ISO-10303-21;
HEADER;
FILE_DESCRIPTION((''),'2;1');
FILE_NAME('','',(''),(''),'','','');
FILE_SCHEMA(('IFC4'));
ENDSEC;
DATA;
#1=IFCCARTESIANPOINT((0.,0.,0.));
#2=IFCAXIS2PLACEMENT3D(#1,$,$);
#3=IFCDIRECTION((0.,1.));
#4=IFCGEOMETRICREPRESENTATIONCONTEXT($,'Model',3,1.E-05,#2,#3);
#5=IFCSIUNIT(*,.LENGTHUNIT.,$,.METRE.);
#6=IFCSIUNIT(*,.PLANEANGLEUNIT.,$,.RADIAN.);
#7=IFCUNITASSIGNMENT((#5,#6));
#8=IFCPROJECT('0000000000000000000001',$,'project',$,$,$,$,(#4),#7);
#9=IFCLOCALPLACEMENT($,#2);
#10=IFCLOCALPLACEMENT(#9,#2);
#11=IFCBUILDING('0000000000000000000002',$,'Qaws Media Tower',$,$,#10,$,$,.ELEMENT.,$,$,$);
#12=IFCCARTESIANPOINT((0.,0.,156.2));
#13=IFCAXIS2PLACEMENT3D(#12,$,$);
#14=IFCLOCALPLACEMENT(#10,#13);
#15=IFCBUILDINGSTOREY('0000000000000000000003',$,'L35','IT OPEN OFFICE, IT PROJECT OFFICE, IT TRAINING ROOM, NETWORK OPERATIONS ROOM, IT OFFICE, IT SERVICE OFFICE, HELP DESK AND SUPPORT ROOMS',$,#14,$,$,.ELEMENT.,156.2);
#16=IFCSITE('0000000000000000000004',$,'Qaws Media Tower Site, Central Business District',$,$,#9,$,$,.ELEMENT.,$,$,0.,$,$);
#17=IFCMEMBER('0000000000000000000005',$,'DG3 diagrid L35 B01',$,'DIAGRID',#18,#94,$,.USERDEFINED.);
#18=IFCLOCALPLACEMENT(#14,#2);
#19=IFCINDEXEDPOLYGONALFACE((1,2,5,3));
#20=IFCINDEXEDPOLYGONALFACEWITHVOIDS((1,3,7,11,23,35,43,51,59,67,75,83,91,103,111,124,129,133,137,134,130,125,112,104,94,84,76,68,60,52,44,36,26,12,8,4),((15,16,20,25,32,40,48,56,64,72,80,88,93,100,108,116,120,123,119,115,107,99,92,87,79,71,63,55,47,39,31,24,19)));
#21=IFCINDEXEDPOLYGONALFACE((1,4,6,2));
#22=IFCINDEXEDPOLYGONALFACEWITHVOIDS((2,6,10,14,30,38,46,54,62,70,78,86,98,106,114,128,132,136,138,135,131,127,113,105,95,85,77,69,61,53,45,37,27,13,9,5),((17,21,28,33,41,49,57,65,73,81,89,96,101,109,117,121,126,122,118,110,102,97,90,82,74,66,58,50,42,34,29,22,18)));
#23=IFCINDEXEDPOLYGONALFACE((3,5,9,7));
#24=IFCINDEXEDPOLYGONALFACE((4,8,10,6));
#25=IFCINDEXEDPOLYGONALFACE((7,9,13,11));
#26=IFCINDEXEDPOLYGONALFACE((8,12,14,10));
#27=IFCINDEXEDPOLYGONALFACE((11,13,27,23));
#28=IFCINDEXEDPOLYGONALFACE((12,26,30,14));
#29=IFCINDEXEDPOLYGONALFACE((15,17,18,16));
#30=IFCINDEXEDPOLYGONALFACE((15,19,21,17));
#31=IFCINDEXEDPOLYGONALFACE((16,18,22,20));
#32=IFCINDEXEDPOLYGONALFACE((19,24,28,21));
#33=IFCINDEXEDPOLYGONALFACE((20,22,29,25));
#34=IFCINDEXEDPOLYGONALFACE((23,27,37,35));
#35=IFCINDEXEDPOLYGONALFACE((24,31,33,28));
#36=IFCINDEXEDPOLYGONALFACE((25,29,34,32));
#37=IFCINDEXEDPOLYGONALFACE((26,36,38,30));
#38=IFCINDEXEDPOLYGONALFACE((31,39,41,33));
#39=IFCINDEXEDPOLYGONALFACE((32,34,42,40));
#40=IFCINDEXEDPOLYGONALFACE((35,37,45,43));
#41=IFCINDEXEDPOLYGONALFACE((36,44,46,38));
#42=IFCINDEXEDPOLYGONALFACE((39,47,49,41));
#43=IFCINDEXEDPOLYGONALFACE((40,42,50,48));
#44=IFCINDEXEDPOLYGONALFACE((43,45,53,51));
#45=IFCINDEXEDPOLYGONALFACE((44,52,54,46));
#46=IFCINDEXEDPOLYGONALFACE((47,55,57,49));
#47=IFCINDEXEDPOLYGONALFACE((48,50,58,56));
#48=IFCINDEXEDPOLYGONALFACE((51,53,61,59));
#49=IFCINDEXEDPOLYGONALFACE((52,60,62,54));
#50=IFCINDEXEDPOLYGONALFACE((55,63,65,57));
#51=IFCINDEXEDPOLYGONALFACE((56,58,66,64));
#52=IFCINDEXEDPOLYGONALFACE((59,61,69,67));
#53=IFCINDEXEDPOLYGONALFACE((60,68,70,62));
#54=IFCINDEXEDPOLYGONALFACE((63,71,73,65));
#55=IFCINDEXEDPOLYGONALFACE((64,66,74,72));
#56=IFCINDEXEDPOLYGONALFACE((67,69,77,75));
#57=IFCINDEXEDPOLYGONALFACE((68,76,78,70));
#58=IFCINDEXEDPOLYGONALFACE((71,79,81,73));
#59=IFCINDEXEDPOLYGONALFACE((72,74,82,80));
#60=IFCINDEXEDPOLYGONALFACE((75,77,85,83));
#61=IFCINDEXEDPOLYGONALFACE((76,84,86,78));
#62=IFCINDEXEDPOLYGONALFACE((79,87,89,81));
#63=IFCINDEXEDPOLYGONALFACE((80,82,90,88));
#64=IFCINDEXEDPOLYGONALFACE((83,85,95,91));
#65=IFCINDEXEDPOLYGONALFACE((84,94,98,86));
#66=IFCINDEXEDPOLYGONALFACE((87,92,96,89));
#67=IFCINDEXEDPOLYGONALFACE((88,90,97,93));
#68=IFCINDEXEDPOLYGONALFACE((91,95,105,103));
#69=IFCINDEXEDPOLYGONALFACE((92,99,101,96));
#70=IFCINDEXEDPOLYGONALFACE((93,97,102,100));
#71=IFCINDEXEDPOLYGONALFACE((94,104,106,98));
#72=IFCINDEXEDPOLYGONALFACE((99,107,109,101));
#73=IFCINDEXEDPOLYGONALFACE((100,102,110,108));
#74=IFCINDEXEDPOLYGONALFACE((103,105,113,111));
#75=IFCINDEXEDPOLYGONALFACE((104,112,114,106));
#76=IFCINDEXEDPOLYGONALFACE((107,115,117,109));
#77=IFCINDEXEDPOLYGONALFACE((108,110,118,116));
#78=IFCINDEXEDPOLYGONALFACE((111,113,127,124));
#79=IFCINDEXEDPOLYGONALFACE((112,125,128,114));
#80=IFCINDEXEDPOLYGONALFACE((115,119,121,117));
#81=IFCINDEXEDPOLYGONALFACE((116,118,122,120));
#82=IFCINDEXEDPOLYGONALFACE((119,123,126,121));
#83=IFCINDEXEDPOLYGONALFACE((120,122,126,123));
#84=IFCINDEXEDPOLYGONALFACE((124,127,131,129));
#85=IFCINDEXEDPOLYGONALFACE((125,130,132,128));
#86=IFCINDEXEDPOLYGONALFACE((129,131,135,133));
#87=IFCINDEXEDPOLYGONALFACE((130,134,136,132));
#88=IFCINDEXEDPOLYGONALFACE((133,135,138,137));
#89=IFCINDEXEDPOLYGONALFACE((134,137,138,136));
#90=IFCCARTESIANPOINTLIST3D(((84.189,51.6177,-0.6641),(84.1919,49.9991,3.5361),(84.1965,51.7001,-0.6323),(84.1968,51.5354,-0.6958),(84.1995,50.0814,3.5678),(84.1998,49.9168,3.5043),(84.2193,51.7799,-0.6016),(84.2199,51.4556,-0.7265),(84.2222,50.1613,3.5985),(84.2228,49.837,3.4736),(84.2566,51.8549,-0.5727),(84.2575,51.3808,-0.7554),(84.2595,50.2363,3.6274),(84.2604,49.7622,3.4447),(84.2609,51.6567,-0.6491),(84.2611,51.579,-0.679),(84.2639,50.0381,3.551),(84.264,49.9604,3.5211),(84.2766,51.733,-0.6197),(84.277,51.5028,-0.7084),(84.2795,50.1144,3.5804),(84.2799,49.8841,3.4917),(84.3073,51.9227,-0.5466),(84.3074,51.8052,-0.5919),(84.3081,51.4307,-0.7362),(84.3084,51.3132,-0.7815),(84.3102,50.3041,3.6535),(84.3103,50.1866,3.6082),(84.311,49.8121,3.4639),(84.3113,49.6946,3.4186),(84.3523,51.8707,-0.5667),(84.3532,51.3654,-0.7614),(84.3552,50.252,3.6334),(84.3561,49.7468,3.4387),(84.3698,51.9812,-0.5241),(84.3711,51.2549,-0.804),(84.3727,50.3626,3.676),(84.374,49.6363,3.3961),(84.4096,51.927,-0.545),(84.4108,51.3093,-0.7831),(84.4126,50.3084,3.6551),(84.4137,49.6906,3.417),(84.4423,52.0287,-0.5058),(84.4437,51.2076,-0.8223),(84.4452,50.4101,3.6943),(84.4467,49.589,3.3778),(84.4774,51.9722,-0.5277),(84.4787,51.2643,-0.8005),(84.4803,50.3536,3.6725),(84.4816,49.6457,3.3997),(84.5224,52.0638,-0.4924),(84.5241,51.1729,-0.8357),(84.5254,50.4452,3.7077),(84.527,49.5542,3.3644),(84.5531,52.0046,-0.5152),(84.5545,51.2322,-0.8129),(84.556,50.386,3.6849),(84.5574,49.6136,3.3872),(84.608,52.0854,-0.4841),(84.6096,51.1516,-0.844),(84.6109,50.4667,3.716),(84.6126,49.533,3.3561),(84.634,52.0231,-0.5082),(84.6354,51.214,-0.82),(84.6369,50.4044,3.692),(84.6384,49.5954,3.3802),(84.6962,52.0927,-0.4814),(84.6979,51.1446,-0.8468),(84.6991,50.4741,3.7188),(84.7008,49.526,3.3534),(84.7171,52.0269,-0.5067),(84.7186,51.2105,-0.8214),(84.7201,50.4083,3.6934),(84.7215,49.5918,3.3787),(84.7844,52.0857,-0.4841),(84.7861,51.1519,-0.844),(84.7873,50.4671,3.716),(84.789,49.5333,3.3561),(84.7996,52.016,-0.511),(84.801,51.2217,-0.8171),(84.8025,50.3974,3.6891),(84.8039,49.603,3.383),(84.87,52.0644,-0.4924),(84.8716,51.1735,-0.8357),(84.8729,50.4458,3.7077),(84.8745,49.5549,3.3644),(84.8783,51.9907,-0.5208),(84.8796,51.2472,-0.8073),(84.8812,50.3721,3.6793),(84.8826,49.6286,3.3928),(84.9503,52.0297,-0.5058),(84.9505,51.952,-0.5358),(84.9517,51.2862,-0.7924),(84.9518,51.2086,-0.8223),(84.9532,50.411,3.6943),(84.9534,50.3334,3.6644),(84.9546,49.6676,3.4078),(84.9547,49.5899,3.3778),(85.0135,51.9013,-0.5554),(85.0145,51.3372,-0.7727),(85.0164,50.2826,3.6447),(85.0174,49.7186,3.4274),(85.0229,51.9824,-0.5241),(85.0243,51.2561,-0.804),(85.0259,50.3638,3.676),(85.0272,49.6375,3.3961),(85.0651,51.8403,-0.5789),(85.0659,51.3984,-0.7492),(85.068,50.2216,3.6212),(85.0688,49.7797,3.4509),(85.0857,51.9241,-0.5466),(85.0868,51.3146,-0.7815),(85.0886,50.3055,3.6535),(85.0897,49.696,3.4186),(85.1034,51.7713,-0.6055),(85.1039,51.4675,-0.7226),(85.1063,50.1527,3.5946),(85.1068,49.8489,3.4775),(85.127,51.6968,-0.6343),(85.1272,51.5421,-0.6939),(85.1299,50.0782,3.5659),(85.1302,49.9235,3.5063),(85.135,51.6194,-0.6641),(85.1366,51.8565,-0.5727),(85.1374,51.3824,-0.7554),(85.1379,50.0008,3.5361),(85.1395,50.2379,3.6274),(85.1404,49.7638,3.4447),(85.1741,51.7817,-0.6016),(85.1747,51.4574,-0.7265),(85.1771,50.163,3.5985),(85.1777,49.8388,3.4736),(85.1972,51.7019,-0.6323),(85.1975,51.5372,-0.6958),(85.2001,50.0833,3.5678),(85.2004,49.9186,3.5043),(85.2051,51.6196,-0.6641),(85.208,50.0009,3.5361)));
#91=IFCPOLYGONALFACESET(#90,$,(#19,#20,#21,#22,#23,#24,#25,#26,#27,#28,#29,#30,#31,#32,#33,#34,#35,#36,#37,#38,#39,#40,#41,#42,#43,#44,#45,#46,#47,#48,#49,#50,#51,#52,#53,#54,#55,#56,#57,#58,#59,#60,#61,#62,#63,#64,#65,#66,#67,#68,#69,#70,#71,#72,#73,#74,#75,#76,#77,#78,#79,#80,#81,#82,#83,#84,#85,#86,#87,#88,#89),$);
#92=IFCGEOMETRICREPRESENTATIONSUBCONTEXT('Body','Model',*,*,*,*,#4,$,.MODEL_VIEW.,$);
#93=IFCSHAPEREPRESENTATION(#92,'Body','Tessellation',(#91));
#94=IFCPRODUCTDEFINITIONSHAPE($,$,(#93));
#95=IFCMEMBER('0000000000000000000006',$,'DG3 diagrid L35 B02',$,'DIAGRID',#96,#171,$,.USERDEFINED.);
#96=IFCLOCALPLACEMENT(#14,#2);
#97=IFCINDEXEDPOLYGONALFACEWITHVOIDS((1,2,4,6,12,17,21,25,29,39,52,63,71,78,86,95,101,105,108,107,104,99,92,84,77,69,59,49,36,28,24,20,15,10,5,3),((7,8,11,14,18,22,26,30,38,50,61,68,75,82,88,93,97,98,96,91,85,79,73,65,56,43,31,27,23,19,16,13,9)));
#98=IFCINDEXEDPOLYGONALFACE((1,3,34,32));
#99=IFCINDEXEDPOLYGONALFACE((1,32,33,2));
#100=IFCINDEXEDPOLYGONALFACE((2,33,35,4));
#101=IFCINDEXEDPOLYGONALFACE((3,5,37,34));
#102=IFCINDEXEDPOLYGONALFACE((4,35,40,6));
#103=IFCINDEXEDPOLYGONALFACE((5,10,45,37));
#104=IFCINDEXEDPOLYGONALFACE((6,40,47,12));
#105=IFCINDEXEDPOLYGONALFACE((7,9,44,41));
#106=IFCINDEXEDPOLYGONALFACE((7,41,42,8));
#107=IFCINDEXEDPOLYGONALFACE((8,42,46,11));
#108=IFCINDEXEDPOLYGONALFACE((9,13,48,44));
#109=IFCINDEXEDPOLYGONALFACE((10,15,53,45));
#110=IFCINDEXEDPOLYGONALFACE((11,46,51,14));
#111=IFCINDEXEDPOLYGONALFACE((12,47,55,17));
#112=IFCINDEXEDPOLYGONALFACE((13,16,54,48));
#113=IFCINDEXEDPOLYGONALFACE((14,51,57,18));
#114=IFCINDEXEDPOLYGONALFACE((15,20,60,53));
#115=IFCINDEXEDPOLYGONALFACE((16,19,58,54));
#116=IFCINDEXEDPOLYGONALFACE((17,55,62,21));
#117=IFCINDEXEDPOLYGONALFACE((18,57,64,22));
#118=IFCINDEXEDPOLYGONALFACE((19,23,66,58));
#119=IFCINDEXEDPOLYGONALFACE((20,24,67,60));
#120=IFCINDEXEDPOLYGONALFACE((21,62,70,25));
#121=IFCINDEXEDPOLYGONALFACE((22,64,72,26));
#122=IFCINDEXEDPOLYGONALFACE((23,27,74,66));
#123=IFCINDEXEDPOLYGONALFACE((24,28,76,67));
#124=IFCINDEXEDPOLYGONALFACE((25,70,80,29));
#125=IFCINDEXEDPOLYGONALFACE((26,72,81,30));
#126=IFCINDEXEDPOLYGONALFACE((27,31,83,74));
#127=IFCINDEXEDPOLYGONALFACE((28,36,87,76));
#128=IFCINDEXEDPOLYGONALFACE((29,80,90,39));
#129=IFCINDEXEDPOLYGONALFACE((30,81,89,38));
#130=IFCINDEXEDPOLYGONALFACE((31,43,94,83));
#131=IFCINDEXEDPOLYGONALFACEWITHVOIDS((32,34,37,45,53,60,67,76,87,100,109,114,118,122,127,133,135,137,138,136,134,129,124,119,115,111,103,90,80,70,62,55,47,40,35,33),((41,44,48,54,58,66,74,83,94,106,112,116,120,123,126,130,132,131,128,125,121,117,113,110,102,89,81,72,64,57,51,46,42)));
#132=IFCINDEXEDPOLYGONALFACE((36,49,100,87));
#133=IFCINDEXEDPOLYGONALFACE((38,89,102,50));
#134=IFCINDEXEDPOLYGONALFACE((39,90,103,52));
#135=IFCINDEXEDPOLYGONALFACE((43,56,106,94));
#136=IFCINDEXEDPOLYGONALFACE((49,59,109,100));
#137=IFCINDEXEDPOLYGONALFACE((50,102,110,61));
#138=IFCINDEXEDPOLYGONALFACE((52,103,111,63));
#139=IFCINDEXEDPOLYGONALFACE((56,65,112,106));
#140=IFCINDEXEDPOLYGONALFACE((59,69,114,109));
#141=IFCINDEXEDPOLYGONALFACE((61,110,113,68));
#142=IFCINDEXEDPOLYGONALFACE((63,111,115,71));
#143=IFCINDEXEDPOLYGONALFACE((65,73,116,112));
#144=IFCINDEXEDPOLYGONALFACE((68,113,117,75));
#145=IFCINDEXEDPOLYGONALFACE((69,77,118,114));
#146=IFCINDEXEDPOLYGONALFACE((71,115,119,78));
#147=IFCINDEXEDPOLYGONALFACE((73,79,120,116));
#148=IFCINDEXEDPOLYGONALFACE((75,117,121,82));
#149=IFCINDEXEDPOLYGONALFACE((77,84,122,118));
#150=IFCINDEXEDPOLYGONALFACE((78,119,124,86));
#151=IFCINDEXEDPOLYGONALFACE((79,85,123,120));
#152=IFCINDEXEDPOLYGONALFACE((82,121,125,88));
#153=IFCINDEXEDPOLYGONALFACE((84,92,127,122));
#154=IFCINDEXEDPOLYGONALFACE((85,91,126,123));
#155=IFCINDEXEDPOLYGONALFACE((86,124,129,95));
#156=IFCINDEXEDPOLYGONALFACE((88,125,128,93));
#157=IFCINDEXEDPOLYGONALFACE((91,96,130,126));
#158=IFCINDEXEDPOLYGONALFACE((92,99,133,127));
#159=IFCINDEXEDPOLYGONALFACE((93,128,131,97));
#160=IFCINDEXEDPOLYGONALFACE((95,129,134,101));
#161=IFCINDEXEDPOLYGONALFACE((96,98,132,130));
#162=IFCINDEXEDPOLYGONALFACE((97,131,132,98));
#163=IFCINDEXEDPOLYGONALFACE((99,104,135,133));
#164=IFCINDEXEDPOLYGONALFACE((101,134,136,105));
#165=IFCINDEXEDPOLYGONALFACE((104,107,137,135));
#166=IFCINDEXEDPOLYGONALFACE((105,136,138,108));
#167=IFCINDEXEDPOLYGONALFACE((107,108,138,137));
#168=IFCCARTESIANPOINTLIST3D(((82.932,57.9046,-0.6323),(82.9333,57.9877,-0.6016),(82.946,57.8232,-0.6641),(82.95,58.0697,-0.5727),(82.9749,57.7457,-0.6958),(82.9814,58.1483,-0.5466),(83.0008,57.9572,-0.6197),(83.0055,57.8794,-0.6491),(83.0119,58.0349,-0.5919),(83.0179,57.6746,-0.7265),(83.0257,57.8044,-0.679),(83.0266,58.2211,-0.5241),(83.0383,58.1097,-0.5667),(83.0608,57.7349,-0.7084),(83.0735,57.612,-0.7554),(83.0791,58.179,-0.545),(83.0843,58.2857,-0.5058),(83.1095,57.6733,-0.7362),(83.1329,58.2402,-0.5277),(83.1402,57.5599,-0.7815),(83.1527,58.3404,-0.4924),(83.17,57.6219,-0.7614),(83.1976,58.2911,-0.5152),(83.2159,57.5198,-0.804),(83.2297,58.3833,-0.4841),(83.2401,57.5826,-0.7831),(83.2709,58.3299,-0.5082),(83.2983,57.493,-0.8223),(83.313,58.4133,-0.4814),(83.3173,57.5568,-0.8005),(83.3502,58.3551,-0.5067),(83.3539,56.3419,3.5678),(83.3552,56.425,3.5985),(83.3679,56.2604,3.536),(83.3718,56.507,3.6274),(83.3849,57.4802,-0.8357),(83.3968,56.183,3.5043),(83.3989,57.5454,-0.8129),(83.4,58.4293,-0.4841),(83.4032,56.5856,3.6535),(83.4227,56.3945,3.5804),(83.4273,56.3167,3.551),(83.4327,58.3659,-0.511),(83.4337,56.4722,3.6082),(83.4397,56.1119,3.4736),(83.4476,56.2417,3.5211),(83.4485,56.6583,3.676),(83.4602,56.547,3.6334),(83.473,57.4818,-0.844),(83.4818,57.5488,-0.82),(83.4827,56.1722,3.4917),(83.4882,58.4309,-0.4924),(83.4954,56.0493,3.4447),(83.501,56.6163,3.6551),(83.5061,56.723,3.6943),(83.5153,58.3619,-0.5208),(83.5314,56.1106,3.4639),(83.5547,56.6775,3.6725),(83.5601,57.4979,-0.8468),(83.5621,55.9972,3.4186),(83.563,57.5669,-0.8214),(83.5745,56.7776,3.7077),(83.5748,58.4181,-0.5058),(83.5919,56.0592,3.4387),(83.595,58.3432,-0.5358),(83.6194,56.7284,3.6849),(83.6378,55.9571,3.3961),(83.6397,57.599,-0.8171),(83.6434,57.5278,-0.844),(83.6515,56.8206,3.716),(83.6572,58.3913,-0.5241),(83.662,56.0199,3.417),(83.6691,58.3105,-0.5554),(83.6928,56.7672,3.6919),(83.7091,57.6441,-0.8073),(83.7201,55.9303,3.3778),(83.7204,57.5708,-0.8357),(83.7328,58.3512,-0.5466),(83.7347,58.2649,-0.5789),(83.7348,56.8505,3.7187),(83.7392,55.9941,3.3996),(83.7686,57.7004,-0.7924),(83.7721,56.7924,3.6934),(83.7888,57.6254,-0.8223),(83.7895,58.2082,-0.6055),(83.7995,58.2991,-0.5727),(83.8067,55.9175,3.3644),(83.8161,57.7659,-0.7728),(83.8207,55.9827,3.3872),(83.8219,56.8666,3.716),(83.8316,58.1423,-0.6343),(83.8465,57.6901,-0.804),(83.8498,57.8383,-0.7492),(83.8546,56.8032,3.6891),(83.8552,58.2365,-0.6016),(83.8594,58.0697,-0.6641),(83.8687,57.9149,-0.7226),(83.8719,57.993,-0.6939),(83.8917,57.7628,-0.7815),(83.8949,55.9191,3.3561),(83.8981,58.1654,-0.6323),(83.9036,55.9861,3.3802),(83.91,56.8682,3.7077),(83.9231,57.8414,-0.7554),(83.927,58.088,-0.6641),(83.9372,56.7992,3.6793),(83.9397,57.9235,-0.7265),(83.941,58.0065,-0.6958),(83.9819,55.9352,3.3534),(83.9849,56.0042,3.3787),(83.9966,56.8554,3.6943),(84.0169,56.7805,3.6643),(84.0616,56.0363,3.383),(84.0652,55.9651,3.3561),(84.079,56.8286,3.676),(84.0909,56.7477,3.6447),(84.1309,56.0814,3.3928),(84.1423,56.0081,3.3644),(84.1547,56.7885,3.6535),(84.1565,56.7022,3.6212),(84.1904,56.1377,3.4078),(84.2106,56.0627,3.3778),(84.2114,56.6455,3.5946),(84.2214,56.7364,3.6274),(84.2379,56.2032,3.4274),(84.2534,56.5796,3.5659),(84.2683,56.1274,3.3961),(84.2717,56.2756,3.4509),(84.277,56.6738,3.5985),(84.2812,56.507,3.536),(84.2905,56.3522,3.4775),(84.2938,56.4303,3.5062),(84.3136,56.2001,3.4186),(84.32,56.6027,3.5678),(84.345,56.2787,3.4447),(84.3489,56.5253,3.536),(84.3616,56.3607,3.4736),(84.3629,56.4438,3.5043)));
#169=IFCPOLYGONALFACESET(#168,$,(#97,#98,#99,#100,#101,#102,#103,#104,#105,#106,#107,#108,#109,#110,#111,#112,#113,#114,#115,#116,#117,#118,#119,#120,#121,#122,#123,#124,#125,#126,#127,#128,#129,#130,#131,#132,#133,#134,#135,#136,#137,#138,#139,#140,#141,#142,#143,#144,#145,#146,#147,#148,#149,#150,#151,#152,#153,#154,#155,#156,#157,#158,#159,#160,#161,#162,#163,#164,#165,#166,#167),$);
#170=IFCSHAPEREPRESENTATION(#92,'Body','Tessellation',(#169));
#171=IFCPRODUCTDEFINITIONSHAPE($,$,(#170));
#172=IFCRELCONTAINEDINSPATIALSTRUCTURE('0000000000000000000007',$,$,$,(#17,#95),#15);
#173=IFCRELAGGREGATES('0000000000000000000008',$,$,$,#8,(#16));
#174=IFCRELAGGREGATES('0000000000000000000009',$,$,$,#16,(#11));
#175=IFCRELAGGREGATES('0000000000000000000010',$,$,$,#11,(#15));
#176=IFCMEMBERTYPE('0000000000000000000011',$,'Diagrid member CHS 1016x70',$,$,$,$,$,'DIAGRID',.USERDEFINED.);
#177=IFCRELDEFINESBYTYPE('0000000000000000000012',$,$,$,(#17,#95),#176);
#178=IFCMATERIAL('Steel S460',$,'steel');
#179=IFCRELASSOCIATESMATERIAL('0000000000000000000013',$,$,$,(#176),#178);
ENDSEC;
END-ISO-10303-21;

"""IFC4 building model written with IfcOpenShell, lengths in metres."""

from ifc_helpers import new_model, si_unit, direction, frame, origin, origin_2d, place, context, subcontext, project, spatial, hollow_circle, extrude, material, material_profile, profile_set, type_object, element, save


model = new_model("IFC4")

# Units and contexts
model_context = context("Model", 3, precision=1e-05, world=origin(), true_north=direction((0.0, 1.0)))
body_context = subcontext(model_context, "Body", "Model", "MODEL_VIEW")
ifc_project = project(units=[si_unit("LENGTHUNIT", "METRE"), si_unit("PLANEANGLEUNIT", "RADIAN")], contexts=[model_context])

# Site, building, storey
site_placement = place(None, origin())
site = spatial("IfcSite", under=ifc_project, at=site_placement, Name="Qaws Media Tower Site, Central Business District", CompositionType="ELEMENT", RefElevation=0.0)
building_placement = place(site_placement, origin())
building = spatial("IfcBuilding", under=site, at=building_placement, Name="Qaws Media Tower", CompositionType="ELEMENT")
storey_placement = place(building_placement, frame((0.0, 0.0, 156.2)))
storey = spatial("IfcBuildingStorey", under=building, at=storey_placement, Name="L35", Description="IT OPEN OFFICE, IT PROJECT OFFICE, IT TRAINING ROOM, NETWORK OPERATIONS ROOM, IT OFFICE, IT SERVICE OFFICE, HELP DESK AND SUPPORT ROOMS", CompositionType="ELEMENT", Elevation=156.2)

# Members
ifc_material_1 = material(Name="Steel S460", Category="steel")
ifc_material_profile_1 = material_profile(ifc_material_1, hollow_circle(Radius=0.5081, WallThickness=0.0701, at=origin_2d()), Name="CHS 1016x70")
ifc_profile_set_1 = profile_set([ifc_material_profile_1], Name="Steel S460")
member_type_1 = type_object("IfcMemberType", Name="Diagrid member CHS 1016x70", ElementType="DIAGRID", PredefinedType="USERDEFINED", material=ifc_profile_set_1)
for number, where, z_axis, x_axis, name in (
    (1, (84.697, 51.6187, -0.6641), (0.000651, -0.359597, 0.933108), (0.999998, 0.00181, 0.0), "DG3 diagrid L35 B01"),
    (2, (83.4365, 57.9556, -0.6641), (0.093723, -0.347175, 0.933105), (0.965439, 0.260628, 0.0), "DG3 diagrid L35 B02"),
):
    element("IfcMember", number, at=place(storey_placement, frame(where, z_axis=z_axis, x_axis=x_axis)), inside=storey, type_object=member_type_1, Name=name, ObjectType="DIAGRID", PredefinedType="USERDEFINED", context=body_context, shape_type="SweptSolid", body=[
        extrude(hollow_circle(Radius=0.5081, WallThickness=0.0701, at=origin_2d()), origin(), (0.0, 0.0, 1.0), 4.5012),
    ])

save(model, "model.ifc")
